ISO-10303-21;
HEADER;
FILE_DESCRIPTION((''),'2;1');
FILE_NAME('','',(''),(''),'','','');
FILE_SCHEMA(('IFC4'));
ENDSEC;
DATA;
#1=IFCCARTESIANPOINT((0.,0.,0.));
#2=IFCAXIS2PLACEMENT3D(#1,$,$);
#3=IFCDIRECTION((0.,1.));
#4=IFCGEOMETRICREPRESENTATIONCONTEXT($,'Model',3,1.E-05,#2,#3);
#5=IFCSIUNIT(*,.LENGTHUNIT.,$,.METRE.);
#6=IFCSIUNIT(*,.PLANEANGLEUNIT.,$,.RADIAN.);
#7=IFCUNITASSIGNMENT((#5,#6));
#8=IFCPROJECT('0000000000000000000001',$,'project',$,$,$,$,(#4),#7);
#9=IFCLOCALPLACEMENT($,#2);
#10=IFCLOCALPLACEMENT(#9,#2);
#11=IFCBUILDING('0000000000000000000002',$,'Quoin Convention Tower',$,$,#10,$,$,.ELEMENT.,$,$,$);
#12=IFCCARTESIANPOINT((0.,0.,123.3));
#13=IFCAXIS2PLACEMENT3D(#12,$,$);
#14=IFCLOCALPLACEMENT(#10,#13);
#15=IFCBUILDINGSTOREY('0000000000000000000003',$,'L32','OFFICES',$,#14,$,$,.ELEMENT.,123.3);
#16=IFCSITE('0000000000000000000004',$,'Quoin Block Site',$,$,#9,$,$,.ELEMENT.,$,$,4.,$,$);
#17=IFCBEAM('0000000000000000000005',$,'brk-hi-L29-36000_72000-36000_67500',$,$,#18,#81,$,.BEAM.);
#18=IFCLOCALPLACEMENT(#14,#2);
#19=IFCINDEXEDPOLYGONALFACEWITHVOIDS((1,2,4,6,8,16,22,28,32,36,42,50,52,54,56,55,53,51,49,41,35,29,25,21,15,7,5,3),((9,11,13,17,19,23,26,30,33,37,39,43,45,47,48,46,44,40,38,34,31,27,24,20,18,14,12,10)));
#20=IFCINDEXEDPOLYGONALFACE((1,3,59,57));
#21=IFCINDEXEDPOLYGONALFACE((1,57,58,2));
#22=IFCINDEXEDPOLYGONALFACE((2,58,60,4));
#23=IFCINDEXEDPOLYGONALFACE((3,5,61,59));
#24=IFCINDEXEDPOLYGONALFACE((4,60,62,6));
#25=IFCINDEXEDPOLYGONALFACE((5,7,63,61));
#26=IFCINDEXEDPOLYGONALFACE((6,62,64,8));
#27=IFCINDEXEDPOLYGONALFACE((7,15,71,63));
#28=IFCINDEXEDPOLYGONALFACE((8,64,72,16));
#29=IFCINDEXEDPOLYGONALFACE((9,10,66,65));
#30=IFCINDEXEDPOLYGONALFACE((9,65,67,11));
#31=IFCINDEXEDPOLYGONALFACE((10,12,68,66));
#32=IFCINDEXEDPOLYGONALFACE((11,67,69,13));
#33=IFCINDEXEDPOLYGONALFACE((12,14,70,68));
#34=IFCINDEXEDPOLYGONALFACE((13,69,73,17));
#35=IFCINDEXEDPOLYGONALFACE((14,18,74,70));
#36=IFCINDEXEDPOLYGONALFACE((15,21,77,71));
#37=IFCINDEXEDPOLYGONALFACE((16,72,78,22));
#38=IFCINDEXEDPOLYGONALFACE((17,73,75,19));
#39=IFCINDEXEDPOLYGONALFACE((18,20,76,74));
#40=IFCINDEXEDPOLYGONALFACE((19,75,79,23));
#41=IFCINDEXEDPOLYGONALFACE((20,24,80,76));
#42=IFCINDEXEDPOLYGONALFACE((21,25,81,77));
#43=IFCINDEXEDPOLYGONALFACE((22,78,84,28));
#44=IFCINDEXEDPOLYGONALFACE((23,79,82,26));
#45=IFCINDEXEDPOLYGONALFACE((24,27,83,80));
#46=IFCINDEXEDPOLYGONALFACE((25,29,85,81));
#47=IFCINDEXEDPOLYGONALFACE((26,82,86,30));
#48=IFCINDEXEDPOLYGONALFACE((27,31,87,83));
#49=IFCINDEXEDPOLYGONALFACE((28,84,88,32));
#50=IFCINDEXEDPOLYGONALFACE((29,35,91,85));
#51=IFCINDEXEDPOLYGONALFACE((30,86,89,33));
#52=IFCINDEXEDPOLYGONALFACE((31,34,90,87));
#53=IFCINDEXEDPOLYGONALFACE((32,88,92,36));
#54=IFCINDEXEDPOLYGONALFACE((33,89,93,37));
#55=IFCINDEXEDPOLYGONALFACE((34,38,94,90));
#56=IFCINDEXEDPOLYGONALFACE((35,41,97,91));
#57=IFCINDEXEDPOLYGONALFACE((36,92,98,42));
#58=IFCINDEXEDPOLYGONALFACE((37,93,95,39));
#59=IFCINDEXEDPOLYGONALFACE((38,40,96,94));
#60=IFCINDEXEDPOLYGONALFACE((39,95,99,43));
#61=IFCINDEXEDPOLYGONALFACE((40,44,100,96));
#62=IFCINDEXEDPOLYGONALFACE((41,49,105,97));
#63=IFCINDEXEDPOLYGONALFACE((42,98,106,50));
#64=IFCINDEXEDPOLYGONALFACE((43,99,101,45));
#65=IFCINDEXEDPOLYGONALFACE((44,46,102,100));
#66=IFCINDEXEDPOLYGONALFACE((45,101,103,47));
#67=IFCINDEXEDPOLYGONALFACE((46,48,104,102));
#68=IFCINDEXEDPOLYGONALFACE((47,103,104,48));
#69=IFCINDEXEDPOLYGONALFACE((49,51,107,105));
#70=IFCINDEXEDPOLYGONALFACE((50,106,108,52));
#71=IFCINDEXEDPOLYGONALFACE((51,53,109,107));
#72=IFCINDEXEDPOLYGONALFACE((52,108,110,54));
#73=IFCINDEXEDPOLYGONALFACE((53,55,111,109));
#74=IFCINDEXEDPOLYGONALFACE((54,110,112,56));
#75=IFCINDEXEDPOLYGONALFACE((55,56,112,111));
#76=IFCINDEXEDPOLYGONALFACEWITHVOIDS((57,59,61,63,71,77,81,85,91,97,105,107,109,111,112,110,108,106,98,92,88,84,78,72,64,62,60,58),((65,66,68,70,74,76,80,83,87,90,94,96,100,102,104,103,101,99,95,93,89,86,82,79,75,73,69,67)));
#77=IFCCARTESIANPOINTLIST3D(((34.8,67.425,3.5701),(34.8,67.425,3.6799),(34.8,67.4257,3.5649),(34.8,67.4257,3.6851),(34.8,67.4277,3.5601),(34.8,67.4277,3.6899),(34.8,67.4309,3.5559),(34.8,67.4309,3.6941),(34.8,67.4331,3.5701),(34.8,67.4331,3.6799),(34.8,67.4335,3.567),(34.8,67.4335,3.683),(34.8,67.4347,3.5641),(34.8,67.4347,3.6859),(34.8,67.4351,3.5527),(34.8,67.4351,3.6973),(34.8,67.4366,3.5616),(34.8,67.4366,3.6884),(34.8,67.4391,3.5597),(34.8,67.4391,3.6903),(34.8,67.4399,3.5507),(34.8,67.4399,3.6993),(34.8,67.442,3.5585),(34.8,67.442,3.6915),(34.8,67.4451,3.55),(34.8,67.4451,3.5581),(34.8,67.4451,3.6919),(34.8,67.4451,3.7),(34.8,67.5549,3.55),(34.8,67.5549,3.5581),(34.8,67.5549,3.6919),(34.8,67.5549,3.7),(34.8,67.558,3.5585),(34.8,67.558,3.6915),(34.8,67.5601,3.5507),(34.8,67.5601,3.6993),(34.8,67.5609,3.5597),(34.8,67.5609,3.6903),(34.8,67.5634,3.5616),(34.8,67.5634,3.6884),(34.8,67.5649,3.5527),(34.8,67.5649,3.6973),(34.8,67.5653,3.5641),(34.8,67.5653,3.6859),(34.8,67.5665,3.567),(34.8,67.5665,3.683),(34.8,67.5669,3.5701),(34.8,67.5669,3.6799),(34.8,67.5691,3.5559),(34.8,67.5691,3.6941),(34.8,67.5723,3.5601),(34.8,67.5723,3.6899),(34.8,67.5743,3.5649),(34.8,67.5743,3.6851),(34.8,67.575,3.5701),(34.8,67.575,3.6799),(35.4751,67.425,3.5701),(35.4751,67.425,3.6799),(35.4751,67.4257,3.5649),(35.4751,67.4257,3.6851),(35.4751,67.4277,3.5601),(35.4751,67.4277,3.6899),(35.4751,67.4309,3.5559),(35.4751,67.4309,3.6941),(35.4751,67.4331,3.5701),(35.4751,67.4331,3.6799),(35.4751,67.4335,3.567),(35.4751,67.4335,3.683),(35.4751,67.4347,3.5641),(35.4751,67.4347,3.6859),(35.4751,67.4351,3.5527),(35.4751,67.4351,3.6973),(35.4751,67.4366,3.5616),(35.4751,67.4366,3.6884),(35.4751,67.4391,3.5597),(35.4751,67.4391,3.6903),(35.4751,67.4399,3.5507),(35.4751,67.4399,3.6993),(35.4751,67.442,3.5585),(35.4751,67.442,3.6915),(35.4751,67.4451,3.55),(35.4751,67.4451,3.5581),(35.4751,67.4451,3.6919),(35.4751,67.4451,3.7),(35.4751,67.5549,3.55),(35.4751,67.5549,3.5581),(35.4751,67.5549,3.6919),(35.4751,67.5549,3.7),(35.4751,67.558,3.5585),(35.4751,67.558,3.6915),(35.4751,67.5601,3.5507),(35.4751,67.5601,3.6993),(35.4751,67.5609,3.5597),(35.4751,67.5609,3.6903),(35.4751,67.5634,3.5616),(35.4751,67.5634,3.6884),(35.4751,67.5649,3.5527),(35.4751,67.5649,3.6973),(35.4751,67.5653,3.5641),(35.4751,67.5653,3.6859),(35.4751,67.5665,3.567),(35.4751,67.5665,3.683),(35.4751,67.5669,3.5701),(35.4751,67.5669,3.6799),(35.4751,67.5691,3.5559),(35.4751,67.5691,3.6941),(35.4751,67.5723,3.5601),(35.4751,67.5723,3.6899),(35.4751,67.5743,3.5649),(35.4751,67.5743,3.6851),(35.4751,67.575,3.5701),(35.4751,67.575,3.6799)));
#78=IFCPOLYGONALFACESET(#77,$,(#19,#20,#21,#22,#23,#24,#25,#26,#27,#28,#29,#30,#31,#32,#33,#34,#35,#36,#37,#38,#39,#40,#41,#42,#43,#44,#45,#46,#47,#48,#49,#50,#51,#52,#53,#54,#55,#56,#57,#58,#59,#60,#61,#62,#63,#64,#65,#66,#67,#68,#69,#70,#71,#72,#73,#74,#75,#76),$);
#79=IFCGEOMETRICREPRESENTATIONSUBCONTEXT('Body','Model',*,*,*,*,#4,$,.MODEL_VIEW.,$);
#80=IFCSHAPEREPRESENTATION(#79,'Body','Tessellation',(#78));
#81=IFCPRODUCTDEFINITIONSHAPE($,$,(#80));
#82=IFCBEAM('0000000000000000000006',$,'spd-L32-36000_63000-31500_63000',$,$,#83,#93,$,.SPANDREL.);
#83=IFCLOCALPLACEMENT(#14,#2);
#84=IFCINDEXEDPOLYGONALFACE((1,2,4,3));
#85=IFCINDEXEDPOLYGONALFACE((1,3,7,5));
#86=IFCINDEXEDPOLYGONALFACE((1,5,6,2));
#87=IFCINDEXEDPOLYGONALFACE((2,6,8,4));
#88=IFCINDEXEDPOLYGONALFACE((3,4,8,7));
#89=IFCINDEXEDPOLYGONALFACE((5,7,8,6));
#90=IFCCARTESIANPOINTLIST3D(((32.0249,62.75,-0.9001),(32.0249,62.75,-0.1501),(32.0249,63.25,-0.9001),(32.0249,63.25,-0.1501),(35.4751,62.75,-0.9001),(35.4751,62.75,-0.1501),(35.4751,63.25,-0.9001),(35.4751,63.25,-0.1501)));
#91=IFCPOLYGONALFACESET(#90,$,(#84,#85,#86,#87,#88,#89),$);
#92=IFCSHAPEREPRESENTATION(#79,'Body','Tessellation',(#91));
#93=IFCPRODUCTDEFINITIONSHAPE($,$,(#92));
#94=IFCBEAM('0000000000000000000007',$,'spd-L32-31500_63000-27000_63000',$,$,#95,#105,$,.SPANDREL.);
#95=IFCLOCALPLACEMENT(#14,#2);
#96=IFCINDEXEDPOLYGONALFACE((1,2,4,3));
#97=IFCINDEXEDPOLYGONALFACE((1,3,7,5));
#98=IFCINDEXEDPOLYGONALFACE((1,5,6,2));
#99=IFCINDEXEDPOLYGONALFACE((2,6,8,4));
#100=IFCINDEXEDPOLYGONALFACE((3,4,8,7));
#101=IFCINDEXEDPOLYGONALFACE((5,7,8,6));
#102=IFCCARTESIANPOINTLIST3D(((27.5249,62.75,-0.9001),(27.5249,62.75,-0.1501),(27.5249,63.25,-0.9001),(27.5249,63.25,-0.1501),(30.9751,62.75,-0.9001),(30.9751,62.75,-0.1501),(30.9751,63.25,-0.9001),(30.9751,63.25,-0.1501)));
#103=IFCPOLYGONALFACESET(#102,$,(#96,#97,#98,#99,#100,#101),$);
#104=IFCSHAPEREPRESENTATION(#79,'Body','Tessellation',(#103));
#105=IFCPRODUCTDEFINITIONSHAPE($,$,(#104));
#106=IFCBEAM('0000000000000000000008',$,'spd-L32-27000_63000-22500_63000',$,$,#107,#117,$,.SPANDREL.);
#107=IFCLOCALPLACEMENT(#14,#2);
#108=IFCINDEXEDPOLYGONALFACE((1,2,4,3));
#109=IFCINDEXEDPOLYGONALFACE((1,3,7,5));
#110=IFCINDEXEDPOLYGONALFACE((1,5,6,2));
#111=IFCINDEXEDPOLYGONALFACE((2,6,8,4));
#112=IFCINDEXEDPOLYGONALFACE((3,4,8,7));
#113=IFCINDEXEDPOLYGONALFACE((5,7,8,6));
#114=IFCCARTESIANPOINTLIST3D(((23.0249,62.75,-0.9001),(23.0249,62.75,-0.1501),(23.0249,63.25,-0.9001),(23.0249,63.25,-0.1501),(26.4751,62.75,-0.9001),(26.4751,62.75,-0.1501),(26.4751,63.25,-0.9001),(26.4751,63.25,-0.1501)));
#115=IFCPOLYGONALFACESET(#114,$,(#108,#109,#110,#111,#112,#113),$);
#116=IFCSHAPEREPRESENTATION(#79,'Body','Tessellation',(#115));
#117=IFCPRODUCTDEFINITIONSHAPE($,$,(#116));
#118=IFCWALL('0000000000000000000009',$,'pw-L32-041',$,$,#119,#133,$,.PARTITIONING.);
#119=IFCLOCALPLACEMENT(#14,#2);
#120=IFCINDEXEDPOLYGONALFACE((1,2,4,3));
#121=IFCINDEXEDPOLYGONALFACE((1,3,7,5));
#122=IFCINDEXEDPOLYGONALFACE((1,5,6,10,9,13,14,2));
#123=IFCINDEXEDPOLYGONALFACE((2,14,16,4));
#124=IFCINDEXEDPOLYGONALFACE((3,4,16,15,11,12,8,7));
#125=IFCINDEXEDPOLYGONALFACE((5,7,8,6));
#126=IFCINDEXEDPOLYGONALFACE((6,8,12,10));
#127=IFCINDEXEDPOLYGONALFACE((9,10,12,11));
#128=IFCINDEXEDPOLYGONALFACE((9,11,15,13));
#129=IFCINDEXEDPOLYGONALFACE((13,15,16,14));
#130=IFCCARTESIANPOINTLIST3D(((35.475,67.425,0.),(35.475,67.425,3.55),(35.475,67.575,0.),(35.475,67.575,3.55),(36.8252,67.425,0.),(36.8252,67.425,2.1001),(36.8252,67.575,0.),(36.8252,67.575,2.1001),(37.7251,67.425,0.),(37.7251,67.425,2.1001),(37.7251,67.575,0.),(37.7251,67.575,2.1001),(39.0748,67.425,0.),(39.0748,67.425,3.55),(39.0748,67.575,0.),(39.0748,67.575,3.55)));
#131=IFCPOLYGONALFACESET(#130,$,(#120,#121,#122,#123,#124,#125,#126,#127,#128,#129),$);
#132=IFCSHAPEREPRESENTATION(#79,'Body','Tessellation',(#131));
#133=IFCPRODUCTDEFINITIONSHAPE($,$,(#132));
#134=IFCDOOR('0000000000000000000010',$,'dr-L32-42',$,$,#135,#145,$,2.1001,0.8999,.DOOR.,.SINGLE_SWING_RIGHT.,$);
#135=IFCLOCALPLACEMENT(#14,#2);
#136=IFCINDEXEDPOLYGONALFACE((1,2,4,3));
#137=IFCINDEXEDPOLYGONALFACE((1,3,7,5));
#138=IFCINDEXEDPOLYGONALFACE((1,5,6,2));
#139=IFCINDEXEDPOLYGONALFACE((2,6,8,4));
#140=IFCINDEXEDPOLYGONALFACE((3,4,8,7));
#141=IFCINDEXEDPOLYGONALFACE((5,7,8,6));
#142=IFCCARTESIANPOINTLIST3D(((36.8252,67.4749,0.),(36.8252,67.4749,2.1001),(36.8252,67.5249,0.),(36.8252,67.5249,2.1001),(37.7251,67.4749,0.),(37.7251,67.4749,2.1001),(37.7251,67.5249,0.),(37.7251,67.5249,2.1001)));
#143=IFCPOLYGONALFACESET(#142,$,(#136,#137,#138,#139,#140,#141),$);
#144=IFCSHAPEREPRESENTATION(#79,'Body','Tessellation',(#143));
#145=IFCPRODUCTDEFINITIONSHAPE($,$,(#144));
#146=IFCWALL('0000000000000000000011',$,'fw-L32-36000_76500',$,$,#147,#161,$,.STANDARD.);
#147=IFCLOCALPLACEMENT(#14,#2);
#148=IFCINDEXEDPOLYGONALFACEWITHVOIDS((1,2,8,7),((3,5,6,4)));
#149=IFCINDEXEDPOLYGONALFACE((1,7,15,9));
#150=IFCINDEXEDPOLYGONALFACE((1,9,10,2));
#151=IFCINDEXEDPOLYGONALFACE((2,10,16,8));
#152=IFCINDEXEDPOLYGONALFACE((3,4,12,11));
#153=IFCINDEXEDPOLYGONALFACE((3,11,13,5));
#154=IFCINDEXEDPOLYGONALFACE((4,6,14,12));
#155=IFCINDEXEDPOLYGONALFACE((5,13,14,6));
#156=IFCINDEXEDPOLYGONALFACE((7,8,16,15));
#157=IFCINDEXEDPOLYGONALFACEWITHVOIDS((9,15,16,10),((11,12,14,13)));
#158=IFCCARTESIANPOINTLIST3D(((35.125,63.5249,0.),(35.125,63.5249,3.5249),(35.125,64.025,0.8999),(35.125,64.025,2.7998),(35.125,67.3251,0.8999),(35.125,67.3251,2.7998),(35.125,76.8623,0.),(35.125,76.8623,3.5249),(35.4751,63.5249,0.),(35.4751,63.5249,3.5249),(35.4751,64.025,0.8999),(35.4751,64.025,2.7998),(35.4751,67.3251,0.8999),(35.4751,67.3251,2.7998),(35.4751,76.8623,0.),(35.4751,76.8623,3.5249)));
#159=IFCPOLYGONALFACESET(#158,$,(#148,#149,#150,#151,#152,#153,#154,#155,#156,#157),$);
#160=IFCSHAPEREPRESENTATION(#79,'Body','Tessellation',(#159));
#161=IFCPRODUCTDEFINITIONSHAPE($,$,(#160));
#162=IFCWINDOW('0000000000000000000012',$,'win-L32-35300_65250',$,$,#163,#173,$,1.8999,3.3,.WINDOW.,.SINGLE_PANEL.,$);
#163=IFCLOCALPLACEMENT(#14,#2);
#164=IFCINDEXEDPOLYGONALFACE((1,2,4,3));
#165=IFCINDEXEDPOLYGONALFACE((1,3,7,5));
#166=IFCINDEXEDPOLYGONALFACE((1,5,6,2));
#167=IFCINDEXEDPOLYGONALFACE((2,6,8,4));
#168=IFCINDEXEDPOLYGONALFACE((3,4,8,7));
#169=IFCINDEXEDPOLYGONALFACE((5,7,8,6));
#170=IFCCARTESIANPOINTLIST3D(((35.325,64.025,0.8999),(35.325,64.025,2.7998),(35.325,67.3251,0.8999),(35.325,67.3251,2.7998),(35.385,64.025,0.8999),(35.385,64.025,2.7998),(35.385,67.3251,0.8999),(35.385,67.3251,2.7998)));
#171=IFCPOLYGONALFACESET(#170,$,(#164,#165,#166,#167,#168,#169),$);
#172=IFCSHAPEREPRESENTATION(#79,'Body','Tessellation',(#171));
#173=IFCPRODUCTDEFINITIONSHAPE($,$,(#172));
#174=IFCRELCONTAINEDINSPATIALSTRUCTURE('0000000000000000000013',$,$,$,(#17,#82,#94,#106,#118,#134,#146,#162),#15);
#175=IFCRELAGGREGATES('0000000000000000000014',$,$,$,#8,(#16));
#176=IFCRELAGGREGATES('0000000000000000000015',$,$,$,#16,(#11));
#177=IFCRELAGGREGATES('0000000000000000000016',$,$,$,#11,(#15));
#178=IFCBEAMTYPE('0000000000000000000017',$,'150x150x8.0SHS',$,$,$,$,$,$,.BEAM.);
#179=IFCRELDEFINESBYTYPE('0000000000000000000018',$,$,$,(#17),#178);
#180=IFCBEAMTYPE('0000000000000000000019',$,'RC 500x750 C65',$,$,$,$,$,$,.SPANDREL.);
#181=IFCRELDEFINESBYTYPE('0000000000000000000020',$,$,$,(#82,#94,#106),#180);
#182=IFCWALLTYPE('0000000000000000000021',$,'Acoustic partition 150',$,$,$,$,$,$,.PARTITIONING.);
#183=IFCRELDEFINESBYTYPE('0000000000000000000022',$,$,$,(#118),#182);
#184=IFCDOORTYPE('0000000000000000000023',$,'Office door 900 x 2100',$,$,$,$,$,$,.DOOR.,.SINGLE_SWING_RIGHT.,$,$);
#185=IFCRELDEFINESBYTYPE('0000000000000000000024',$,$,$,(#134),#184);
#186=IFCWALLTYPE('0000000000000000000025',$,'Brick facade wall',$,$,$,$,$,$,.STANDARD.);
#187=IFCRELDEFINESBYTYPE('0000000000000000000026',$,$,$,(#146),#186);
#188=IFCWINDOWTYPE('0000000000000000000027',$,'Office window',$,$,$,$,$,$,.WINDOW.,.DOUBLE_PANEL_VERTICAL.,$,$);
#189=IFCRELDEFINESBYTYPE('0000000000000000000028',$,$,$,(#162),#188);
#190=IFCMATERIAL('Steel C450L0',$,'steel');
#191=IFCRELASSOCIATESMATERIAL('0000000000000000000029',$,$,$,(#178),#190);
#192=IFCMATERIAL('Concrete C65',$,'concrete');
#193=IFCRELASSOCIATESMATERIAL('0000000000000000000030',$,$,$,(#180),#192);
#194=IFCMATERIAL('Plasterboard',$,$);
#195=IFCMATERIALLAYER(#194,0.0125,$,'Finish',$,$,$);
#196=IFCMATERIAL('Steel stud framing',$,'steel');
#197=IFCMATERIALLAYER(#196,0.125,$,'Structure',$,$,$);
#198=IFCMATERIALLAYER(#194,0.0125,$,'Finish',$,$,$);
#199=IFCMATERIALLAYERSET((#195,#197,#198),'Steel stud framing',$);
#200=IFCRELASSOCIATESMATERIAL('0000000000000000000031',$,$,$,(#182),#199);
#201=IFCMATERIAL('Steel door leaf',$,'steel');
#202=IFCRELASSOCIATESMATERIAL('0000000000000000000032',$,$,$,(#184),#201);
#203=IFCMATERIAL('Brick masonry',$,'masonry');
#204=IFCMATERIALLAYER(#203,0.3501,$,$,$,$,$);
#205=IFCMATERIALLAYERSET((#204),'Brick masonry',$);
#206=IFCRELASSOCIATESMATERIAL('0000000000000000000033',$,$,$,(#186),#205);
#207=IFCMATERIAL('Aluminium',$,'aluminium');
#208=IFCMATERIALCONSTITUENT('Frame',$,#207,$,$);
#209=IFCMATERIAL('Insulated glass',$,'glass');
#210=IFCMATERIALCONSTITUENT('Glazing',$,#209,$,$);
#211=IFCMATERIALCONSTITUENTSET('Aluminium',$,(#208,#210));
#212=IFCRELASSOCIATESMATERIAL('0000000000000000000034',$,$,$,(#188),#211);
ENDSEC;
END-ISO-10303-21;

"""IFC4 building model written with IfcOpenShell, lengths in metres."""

from ifc_helpers import new_model, si_unit, direction, frame, frame_2d, origin, origin_2d, place, context, subcontext, project, spatial, rectangle, hollow_rectangle, extrude, material, layer, layer_set, constituent, constituent_set, material_profile, profile_set, type_object, element, fill, save


model = new_model("IFC4")

# Units and contexts
model_context = context("Model", 3, precision=1e-05, world=origin(), true_north=direction((0.0, 1.0)))
body_context = subcontext(model_context, "Body", "Model", "MODEL_VIEW")
ifc_project = project(units=[si_unit("LENGTHUNIT", "METRE"), si_unit("PLANEANGLEUNIT", "RADIAN")], contexts=[model_context])

# Site, building, storey
site_placement = place(None, origin())
site = spatial("IfcSite", under=ifc_project, at=site_placement, Name="Quoin Block Site", CompositionType="ELEMENT", RefElevation=4.0)
building_placement = place(site_placement, origin())
building = spatial("IfcBuilding", under=site, at=building_placement, Name="Quoin Convention Tower", CompositionType="ELEMENT")
storey_placement = place(building_placement, frame((0.0, 0.0, 123.3)))
storey = spatial("IfcBuildingStorey", under=building, at=storey_placement, Name="L32", Description="OFFICES", CompositionType="ELEMENT", Elevation=123.3)

# Shared definitions
ifc_material_1 = material(Name="Concrete C65", Category="concrete")

# Beams
ifc_material_2 = material(Name="Steel C450L0", Category="steel")
ifc_material_profile_1 = material_profile(ifc_material_2, hollow_rectangle(XDim=0.1499, YDim=0.1499, WallThickness=0.0081, InnerFilletRadius=0.012, OuterFilletRadius=0.02, at=origin_2d()), Name="150x150x8.0SHS")
ifc_profile_set_1 = profile_set([ifc_material_profile_1], Name="Steel C450L0")
beam_type_1 = type_object("IfcBeamType", Name="150x150x8.0SHS", PredefinedType="BEAM", material=ifc_profile_set_1)
for number, where, z_axis, x_axis, name in (
    (1, (35.4751, 67.5, 3.625), (-1.0, 0.0, 0.0), (0.0, -1.0, 0.0), "brk-hi-L29-36000_72000-36000_67500"),
):
    element("IfcBeam", number, at=place(storey_placement, frame(where, z_axis=z_axis, x_axis=x_axis)), inside=storey, type_object=beam_type_1, Name=name, PredefinedType="BEAM", context=body_context, shape_type="SweptSolid", body=[
        extrude(hollow_rectangle(XDim=0.1499, YDim=0.1499, WallThickness=0.0081, InnerFilletRadius=0.012, OuterFilletRadius=0.02, at=origin_2d()), origin(), (0.0, 0.0, 1.0), 0.675),
    ])
ifc_material_profile_2 = material_profile(ifc_material_1, rectangle(XDim=0.5, YDim=0.75, at=origin_2d()), Name="RC 500x750")
ifc_profile_set_2 = profile_set([ifc_material_profile_2], Name="Concrete C65")
beam_type_2 = type_object("IfcBeamType", Name="RC 500x750 C65", PredefinedType="SPANDREL", material=ifc_profile_set_2)
for number, where, z_axis, x_axis, name in (
    (2, (35.4751, 63.0, -0.5251), (-1.0, 0.0, 0.0), (0.0, -1.0, 0.0), "spd-L32-36000_63000-31500_63000"),
    (3, (30.9751, 63.0, -0.5251), (-1.0, 0.0, 0.0), (0.0, -1.0, 0.0), "spd-L32-31500_63000-27000_63000"),
    (4, (26.4751, 63.0, -0.5251), (-1.0, 0.0, 0.0), (0.0, -1.0, 0.0), "spd-L32-27000_63000-22500_63000"),
):
    element("IfcBeam", number, at=place(storey_placement, frame(where, z_axis=z_axis, x_axis=x_axis)), inside=storey, type_object=beam_type_2, Name=name, PredefinedType="SPANDREL", context=body_context, shape_type="SweptSolid", body=[
        extrude(rectangle(XDim=0.5, YDim=0.75, at=origin_2d()), origin(), (0.0, 0.0, 1.0), 3.4502),
    ])

# Wall, opening, door
ifc_material_3 = material(Name="Plasterboard")
ifc_layer_1 = layer(ifc_material_3, 0.0125, Name="Finish")
ifc_material_4 = material(Name="Steel stud framing", Category="steel")
ifc_layer_2 = layer(ifc_material_4, 0.125, Name="Structure")
ifc_layer_3 = layer(ifc_material_3, 0.0125, Name="Finish")
ifc_layer_set_1 = layer_set([ifc_layer_1, ifc_layer_2, ifc_layer_3], Name="Steel stud framing")
wall_type_1 = type_object("IfcWallType", Name="Acoustic partition 150", PredefinedType="PARTITIONING", material=ifc_layer_set_1)
wall_1_placement = place(storey_placement, frame((35.4751, 67.5, 0.0), z_axis=(0.0, 0.0, 1.0), x_axis=(1.0, 0.0, 0.0)))
wall_1 = element("IfcWall", 5, at=wall_1_placement, inside=storey, type_object=wall_type_1, Name="pw-L32-041", PredefinedType="PARTITIONING", context=body_context, shape_type="SweptSolid", body=[
    extrude(rectangle(XDim=3.5999, YDim=0.1499, at=frame_2d((1.7998, 0.0))), origin(), (0.0, 0.0, 1.0), 3.55),
])
opening_1_placement = place(wall_1_placement, frame((1.3501, 0.0, 0.0)))
opening_1 = element("IfcOpeningElement", 6, at=opening_1_placement, cuts=wall_1, PredefinedType="OPENING", context=body_context, shape_type="SweptSolid", body=[
    extrude(rectangle(XDim=0.8999, YDim=2.1001, at=frame_2d((0.45, 1.05))), frame((0.0, 0.085, 0.0), z_axis=(0.0, -1.0, 0.0), x_axis=(1.0, 0.0, 0.0)), (0.0, 0.0, 1.0), 0.1699),
])
ifc_material_5 = material(Name="Steel door leaf", Category="steel")
door_type = type_object("IfcDoorType", Name="Office door 900 x 2100", OperationType="SINGLE_SWING_RIGHT", PredefinedType="DOOR", material=ifc_material_5)
door_placement = place(opening_1_placement, origin())
door = element("IfcDoor", 7, at=door_placement, inside=storey, type_object=door_type, Name="dr-L32-42", OperationType="SINGLE_SWING_RIGHT", OverallHeight=2.1001, OverallWidth=0.8999, PredefinedType="DOOR", context=body_context, shape_type="SweptSolid", body=[
    extrude(rectangle(XDim=0.8999, YDim=2.1001, at=frame_2d((0.45, 1.05))), frame((0.0, 0.0249, 0.0), z_axis=(0.0, -1.0, 0.0), x_axis=(1.0, 0.0, 0.0)), (0.0, 0.0, 1.0), 0.05),
])
fill(opening_1, door)

# Wall, opening, window
ifc_material_6 = material(Name="Brick masonry", Category="masonry")
ifc_layer_4 = layer(ifc_material_6, 0.3501)
ifc_layer_set_2 = layer_set([ifc_layer_4], Name="Brick masonry")
wall_type_2 = type_object("IfcWallType", Name="Brick facade wall", PredefinedType="STANDARD", material=ifc_layer_set_2)
wall_2_placement = place(storey_placement, frame((35.3, 76.8623, 0.0), z_axis=(0.0, 0.0, 1.0), x_axis=(0.0, -1.0, 0.0)))
wall_2 = element("IfcWall", 8, at=wall_2_placement, inside=storey, type_object=wall_type_2, Name="fw-L32-36000_76500", PredefinedType="STANDARD", context=body_context, shape_type="SweptSolid", body=[
    extrude(rectangle(XDim=13.3374, YDim=0.3501, at=frame_2d((6.6687, 0.0))), origin(), (0.0, 0.0, 1.0), 3.5249),
])
opening_2_placement = place(wall_2_placement, frame((9.5374, 0.0, 0.8999)))
opening_2 = element("IfcOpeningElement", 9, at=opening_2_placement, cuts=wall_2, PredefinedType="OPENING", context=body_context, shape_type="SweptSolid", body=[
    extrude(rectangle(XDim=3.3, YDim=1.8999, at=frame_2d((1.6499, 0.95))), frame((0.0, 0.1851, 0.0), z_axis=(0.0, -1.0, 0.0), x_axis=(1.0, 0.0, 0.0)), (0.0, 0.0, 1.0), 0.3701),
])
ifc_material_7 = material(Name="Aluminium", Category="aluminium")
ifc_constituent_1 = constituent(ifc_material_7, Name="Frame")
ifc_material_8 = material(Name="Insulated glass", Category="glass")
ifc_constituent_2 = constituent(ifc_material_8, Name="Glazing")
ifc_constituent_set = constituent_set(constituents=[ifc_constituent_1, ifc_constituent_2], Name="Aluminium")
window_type = type_object("IfcWindowType", Name="Office window", PartitioningType="DOUBLE_PANEL_VERTICAL", PredefinedType="WINDOW", material=ifc_constituent_set)
window_1_placement = place(opening_2_placement, origin())
window_1 = element("IfcWindow", 10, at=window_1_placement, inside=storey, type_object=window_type, Name="win-L32-35300_65250", OverallHeight=1.8999, OverallWidth=3.3, PartitioningType="SINGLE_PANEL", PredefinedType="WINDOW", context=body_context, shape_type="SweptSolid", body=[
    extrude(rectangle(XDim=3.3, YDim=1.8999, at=frame_2d((1.6499, 0.95))), frame((0.0, 0.085, 0.0), z_axis=(0.0, -1.0, 0.0), x_axis=(1.0, 0.0, 0.0)), (0.0, 0.0, 1.0), 0.0601),
])
fill(opening_2, window_1)

save(model, "model.ifc")
